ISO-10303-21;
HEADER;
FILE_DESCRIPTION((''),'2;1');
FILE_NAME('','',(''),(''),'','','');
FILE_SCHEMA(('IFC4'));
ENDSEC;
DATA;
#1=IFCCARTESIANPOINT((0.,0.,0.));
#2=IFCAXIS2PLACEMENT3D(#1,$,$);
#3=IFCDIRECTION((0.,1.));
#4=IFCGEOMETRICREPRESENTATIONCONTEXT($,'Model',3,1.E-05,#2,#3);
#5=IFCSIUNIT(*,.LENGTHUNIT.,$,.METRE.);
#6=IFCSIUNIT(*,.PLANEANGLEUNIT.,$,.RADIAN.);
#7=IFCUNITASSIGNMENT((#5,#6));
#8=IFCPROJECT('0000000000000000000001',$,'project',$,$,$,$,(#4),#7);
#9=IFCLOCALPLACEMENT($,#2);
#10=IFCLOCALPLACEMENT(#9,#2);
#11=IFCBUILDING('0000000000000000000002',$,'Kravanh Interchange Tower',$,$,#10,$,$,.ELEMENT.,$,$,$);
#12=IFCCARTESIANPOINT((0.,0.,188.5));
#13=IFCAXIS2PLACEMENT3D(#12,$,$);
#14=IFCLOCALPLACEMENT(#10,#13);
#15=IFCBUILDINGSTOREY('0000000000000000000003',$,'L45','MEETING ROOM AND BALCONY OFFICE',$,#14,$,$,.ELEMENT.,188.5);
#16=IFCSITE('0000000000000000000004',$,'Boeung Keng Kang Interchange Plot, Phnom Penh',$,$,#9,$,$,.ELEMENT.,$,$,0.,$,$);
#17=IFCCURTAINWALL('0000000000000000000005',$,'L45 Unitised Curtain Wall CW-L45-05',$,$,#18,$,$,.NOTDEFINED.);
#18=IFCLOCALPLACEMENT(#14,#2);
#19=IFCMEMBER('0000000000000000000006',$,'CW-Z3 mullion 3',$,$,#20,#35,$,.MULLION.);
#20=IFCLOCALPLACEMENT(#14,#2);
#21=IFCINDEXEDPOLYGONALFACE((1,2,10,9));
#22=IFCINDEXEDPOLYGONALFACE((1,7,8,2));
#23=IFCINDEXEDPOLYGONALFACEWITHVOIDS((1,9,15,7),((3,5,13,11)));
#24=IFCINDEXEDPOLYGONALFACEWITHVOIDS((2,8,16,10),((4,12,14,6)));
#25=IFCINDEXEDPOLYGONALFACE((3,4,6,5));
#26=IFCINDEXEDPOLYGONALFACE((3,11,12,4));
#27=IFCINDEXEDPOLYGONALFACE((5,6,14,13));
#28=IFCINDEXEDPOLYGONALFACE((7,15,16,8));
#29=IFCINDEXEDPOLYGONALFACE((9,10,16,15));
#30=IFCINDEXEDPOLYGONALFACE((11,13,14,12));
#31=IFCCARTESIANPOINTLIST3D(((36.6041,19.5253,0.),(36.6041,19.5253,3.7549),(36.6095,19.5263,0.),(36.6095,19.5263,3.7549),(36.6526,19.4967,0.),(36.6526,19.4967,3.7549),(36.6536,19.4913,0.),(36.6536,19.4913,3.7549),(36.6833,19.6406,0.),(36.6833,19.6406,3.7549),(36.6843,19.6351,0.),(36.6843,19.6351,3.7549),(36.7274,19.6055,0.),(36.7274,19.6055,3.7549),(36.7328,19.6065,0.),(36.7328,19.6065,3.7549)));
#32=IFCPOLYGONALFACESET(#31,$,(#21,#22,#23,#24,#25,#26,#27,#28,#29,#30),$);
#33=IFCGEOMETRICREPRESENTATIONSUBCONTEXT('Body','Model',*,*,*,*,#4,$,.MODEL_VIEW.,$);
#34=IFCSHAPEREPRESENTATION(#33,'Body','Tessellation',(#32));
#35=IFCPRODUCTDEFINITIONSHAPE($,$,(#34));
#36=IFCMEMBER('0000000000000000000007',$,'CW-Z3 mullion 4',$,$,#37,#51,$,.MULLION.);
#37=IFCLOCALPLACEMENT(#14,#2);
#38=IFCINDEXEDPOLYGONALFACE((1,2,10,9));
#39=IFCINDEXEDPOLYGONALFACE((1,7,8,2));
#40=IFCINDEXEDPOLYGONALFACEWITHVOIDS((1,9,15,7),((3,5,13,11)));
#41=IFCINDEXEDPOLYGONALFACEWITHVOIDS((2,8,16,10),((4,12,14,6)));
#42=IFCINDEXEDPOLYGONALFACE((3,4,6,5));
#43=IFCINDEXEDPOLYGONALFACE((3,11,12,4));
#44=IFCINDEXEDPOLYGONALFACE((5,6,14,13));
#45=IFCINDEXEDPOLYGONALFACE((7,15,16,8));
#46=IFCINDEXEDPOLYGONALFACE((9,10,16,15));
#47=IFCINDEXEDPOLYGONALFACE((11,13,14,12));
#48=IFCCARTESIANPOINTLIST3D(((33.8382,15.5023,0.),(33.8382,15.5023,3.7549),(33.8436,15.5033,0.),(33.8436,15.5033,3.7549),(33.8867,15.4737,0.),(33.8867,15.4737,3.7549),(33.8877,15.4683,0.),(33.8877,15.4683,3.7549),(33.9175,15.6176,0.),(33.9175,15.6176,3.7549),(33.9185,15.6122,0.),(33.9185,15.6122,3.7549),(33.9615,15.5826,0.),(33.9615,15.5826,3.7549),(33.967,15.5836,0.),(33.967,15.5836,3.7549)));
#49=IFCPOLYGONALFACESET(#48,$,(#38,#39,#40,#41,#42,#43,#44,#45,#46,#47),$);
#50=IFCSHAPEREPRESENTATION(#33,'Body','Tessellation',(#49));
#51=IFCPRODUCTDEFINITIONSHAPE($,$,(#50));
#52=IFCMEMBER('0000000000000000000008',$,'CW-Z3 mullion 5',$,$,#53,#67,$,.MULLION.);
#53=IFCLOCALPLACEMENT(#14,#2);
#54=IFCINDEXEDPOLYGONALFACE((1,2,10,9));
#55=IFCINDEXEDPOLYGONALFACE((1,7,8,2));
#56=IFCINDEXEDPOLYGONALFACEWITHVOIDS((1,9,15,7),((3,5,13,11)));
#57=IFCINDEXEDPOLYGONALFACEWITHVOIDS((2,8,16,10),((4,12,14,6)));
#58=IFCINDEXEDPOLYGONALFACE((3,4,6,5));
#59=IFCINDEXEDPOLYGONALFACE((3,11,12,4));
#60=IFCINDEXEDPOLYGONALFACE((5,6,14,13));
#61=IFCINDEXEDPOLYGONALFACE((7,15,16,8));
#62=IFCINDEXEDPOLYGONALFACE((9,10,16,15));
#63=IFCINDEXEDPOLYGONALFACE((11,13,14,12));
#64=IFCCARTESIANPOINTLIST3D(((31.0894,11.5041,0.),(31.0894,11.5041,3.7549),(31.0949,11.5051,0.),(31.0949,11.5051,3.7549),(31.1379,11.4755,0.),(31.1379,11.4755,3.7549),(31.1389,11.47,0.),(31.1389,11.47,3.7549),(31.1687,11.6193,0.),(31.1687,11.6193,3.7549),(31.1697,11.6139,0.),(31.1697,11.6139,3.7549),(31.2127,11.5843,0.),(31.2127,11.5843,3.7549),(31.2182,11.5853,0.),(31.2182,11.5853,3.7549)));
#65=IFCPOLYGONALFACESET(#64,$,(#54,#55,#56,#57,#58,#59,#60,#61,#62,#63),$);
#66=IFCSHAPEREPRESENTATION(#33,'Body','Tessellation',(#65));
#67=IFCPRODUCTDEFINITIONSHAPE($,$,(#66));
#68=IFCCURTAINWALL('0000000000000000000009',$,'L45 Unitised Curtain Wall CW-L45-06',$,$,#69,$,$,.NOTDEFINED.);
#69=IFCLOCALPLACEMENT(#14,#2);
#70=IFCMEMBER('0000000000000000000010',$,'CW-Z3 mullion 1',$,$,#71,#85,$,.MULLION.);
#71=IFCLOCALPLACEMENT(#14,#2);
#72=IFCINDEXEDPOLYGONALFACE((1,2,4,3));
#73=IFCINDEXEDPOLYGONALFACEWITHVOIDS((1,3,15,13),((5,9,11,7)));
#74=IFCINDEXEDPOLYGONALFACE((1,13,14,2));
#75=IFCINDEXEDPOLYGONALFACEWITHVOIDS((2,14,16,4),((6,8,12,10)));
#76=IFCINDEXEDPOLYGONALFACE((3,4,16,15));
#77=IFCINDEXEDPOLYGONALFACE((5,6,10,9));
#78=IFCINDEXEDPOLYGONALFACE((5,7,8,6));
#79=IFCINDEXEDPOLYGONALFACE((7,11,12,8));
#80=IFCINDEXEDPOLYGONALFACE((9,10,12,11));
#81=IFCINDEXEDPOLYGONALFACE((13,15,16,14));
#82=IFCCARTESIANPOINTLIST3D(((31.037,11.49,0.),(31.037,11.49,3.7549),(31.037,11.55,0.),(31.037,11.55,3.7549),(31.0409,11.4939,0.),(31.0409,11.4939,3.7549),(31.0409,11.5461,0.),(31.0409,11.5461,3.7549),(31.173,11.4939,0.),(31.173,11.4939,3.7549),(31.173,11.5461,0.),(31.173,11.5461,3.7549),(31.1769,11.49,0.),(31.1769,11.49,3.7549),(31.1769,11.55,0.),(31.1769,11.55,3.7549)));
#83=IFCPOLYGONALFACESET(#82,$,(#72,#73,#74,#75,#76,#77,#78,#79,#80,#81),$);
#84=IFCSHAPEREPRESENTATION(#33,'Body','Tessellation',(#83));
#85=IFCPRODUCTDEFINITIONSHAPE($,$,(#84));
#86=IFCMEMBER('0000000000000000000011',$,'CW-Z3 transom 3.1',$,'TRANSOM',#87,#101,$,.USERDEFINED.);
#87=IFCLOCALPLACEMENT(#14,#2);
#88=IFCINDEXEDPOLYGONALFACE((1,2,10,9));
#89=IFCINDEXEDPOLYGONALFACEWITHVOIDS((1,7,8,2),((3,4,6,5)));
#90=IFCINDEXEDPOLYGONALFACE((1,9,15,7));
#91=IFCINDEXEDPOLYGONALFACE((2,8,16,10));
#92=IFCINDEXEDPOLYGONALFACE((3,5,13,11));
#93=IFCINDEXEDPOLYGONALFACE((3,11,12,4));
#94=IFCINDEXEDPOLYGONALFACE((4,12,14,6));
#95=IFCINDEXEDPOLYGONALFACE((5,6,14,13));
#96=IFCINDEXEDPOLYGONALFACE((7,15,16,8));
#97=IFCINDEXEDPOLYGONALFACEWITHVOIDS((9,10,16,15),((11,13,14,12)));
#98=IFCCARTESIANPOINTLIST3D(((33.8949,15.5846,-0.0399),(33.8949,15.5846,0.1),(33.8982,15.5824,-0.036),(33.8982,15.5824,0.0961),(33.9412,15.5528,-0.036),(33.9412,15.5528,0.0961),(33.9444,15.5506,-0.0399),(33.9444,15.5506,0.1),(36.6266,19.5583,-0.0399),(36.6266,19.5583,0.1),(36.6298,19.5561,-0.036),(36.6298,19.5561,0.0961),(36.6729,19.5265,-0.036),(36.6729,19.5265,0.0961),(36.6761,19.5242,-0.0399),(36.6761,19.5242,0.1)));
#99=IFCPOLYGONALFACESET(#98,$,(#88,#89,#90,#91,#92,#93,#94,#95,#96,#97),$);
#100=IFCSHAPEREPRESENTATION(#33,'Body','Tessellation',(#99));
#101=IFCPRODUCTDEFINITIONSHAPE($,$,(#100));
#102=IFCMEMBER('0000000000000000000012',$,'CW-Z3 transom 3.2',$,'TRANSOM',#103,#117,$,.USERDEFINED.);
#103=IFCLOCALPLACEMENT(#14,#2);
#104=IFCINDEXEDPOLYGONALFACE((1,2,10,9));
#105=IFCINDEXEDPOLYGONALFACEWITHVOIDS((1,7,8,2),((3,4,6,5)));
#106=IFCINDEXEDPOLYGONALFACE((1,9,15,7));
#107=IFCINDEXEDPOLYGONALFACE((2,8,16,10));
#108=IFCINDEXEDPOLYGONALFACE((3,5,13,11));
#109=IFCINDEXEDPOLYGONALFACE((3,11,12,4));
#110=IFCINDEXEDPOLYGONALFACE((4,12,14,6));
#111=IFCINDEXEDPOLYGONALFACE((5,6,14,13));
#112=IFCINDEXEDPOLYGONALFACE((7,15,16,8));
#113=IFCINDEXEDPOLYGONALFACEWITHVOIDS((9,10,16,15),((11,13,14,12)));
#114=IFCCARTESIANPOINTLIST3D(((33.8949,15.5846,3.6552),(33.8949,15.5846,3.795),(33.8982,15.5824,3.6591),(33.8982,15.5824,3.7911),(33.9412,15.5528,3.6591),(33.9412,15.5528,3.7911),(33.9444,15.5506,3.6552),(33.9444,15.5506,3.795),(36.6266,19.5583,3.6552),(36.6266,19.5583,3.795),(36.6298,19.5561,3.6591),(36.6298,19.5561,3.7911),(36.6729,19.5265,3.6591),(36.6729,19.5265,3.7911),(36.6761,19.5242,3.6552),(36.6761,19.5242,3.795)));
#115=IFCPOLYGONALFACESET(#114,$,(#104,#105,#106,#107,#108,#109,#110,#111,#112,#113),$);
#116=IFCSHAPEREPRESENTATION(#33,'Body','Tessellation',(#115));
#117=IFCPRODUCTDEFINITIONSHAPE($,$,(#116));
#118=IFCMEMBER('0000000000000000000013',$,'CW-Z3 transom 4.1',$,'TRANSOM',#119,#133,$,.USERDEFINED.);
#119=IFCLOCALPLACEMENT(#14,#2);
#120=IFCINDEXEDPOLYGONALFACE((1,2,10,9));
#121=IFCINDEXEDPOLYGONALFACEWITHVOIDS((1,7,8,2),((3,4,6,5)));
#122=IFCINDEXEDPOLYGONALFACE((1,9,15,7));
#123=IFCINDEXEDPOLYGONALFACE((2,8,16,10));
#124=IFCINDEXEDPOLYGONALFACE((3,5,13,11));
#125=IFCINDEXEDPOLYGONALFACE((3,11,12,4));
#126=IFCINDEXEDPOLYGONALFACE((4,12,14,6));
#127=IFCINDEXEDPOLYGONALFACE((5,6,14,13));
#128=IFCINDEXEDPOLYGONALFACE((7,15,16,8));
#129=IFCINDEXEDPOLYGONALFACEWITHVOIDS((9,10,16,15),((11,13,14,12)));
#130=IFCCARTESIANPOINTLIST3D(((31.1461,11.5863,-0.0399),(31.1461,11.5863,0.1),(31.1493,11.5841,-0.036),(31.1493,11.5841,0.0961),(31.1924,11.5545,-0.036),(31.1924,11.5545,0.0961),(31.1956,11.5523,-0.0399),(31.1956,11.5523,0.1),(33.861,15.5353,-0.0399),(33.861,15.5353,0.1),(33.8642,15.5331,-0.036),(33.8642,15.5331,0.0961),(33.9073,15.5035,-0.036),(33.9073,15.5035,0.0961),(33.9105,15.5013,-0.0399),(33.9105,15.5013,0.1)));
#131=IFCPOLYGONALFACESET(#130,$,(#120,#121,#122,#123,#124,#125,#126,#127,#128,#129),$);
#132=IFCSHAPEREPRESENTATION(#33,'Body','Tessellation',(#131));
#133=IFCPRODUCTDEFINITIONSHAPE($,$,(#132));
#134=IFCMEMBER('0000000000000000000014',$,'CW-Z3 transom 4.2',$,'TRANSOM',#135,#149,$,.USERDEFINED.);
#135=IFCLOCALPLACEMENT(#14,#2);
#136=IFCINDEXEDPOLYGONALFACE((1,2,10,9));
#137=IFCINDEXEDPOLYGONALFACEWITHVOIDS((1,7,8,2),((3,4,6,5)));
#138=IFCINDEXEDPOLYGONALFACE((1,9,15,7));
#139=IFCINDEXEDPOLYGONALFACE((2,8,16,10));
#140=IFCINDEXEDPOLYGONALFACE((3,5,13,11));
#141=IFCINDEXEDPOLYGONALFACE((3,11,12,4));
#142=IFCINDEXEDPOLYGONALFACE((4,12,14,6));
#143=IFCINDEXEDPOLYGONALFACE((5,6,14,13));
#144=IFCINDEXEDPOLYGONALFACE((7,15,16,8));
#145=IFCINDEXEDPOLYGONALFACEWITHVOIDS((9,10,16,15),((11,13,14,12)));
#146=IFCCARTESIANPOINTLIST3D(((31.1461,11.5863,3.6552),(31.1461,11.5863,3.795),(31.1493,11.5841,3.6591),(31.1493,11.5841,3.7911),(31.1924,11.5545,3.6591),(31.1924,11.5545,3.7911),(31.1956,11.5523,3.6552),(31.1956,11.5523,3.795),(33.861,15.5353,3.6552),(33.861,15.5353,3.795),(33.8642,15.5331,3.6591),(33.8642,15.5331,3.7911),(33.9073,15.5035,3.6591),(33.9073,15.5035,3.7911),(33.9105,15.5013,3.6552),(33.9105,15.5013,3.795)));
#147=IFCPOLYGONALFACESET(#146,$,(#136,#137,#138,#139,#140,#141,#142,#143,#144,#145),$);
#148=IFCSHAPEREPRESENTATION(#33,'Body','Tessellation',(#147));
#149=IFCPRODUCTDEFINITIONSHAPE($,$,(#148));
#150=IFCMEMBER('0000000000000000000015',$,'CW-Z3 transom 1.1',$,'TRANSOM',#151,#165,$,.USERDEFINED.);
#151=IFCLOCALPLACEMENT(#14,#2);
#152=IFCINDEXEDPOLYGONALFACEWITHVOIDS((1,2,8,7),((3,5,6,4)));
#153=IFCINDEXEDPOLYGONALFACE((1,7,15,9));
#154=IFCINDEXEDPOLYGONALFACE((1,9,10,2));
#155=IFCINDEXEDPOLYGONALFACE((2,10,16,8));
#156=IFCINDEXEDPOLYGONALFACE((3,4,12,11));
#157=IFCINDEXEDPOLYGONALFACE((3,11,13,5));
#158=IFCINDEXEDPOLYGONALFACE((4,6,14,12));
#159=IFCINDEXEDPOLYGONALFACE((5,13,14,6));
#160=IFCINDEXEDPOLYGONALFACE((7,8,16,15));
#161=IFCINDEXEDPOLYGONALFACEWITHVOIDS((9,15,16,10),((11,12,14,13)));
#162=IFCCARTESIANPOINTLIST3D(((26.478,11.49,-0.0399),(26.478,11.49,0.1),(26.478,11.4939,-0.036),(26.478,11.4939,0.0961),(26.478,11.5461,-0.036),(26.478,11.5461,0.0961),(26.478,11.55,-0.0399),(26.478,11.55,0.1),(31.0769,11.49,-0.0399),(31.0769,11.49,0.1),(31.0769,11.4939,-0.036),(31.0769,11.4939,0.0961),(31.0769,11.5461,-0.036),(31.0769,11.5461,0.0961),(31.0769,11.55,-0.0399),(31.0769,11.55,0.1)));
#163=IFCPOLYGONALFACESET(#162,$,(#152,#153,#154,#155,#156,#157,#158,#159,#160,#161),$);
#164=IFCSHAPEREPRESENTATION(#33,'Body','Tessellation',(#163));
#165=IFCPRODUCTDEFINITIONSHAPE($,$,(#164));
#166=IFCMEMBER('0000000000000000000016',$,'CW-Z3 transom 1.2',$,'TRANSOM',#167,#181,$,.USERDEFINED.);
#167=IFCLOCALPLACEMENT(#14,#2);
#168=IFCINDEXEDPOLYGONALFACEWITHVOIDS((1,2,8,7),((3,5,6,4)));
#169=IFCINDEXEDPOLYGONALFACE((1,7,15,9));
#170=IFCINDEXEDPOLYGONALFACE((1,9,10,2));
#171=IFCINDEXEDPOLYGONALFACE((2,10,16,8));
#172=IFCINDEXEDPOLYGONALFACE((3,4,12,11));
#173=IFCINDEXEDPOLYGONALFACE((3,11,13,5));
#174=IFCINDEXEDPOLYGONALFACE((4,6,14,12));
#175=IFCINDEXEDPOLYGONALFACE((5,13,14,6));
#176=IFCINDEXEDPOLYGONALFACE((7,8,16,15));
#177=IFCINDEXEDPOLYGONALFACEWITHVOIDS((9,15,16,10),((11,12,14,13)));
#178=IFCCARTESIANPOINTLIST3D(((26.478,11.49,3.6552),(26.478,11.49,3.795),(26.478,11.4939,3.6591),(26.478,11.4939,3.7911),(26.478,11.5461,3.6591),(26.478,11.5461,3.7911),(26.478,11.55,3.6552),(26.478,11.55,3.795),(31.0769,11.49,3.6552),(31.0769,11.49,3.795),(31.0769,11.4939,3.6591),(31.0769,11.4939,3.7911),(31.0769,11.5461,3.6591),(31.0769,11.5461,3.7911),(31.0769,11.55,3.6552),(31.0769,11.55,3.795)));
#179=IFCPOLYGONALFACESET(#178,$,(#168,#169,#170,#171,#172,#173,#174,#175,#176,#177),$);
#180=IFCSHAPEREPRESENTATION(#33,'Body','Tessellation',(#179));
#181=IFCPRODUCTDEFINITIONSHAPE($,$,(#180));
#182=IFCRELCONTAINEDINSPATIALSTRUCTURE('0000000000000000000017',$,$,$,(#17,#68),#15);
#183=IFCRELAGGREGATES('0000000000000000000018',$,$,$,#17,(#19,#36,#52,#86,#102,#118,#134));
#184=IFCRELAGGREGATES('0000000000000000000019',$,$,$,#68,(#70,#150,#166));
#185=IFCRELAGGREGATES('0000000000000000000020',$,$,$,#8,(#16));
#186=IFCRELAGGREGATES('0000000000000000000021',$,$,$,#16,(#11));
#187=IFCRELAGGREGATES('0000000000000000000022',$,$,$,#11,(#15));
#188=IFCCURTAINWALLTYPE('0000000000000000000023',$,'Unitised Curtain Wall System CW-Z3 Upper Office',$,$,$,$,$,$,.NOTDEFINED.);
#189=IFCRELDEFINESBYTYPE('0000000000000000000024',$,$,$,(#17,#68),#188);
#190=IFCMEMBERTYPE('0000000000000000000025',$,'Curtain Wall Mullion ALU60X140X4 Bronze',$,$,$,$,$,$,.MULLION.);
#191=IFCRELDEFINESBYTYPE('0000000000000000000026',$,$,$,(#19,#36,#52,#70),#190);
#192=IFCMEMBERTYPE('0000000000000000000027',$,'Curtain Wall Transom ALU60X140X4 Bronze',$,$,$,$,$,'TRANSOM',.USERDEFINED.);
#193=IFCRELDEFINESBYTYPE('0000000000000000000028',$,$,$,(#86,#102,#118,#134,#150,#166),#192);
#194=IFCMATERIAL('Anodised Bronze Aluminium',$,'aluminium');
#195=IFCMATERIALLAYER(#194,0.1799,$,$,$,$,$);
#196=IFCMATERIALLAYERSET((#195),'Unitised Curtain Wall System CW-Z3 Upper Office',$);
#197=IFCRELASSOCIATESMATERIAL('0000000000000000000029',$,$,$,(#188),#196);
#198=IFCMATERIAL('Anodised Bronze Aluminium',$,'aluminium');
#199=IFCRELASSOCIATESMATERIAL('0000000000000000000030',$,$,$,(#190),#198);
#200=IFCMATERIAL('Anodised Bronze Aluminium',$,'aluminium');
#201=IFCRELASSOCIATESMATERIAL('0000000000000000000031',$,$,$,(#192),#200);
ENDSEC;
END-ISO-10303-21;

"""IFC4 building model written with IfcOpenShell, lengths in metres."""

from ifc_helpers import new_model, si_unit, direction, frame, origin, origin_2d, place, context, subcontext, project, spatial, hollow_rectangle, extrude, material, layer, layer_set, material_profile, profile_set, type_object, element, aggregate, save


model = new_model("IFC4")

# Units and contexts
model_context = context("Model", 3, precision=1e-05, world=origin(), true_north=direction((0.0, 1.0)))
body_context = subcontext(model_context, "Body", "Model", "MODEL_VIEW")
ifc_project = project(units=[si_unit("LENGTHUNIT", "METRE"), si_unit("PLANEANGLEUNIT", "RADIAN")], contexts=[model_context])

# Site, building, storey
site_placement = place(None, origin())
site = spatial("IfcSite", under=ifc_project, at=site_placement, Name="Boeung Keng Kang Interchange Plot, Phnom Penh", CompositionType="ELEMENT", RefElevation=0.0)
building_placement = place(site_placement, origin())
building = spatial("IfcBuilding", under=site, at=building_placement, Name="Kravanh Interchange Tower", CompositionType="ELEMENT")
storey_placement = place(building_placement, frame((0.0, 0.0, 188.5)))
storey = spatial("IfcBuildingStorey", under=building, at=storey_placement, Name="L45", Description="MEETING ROOM AND BALCONY OFFICE", CompositionType="ELEMENT", Elevation=188.5)

# Curtain wall, members
ifc_material_1 = material(Name="Anodised Bronze Aluminium", Category="aluminium")
ifc_layer_1 = layer(ifc_material_1, 0.1799)
ifc_layer_set_1 = layer_set([ifc_layer_1], Name="Unitised Curtain Wall System CW-Z3 Upper Office")
curtain_wall_type = type_object("IfcCurtainWallType", Name="Unitised Curtain Wall System CW-Z3 Upper Office", PredefinedType="NOTDEFINED", material=ifc_layer_set_1)
curtain_wall_1_placement = place(storey_placement, origin())
curtain_wall_1 = element("IfcCurtainWall", 1, at=curtain_wall_1_placement, inside=storey, type_object=curtain_wall_type, Name="L45 Unitised Curtain Wall CW-L45-05", PredefinedType="NOTDEFINED")
ifc_material_2 = material(Name="Anodised Bronze Aluminium", Category="aluminium")
ifc_material_profile_1 = material_profile(ifc_material_2, hollow_rectangle(XDim=0.0601, YDim=0.1399, WallThickness=0.0039, at=origin_2d()), Name="ALU60X140X4")
ifc_profile_set_1 = profile_set([ifc_material_profile_1], Name="Anodised Bronze Aluminium")
member_type_1 = type_object("IfcMemberType", Name="Curtain Wall Mullion ALU60X140X4 Bronze", PredefinedType="MULLION", material=ifc_profile_set_1)
member_1_placement = place(storey_placement, frame((36.6685, 19.5659, 0.0), z_axis=(0.0, 0.0, 1.0), x_axis=(0.824042, -0.566528, 0.0)))
member_1 = element("IfcMember", 2, at=member_1_placement, type_object=member_type_1, Name="CW-Z3 mullion 3", PredefinedType="MULLION", context=body_context, shape_type="SweptSolid", body=[
    extrude(hollow_rectangle(XDim=0.0601, YDim=0.1399, WallThickness=0.0039, at=origin_2d()), origin(), (0.0, 0.0, 1.0), 3.7549),
])
member_2_placement = place(storey_placement, frame((33.9026, 15.543, 0.0), z_axis=(0.0, 0.0, 1.0), x_axis=(0.824042, -0.566528, 0.0)))
member_2 = element("IfcMember", 3, at=member_2_placement, type_object=member_type_1, Name="CW-Z3 mullion 4", PredefinedType="MULLION", context=body_context, shape_type="SweptSolid", body=[
    extrude(hollow_rectangle(XDim=0.0601, YDim=0.1399, WallThickness=0.0039, at=origin_2d()), origin(), (0.0, 0.0, 1.0), 3.7549),
])
member_3_placement = place(storey_placement, frame((31.1538, 11.5447, 0.0), z_axis=(0.0, 0.0, 1.0), x_axis=(0.824042, -0.566528, 0.0)))
member_3 = element("IfcMember", 4, at=member_3_placement, type_object=member_type_1, Name="CW-Z3 mullion 5", PredefinedType="MULLION", context=body_context, shape_type="SweptSolid", body=[
    extrude(hollow_rectangle(XDim=0.0601, YDim=0.1399, WallThickness=0.0039, at=origin_2d()), origin(), (0.0, 0.0, 1.0), 3.7549),
])

# Curtain wall, member
curtain_wall_2_placement = place(storey_placement, origin())
curtain_wall_2 = element("IfcCurtainWall", 5, at=curtain_wall_2_placement, inside=storey, type_object=curtain_wall_type, Name="L45 Unitised Curtain Wall CW-L45-06", PredefinedType="NOTDEFINED")
member_4_placement = place(storey_placement, frame((31.1069, 11.52, 0.0), z_axis=(0.0, 0.0, 1.0), x_axis=(0.0, -1.0, 0.0)))
member_4 = element("IfcMember", 6, at=member_4_placement, type_object=member_type_1, Name="CW-Z3 mullion 1", PredefinedType="MULLION", context=body_context, shape_type="SweptSolid", body=[
    extrude(hollow_rectangle(XDim=0.0601, YDim=0.1399, WallThickness=0.0039, at=origin_2d()), origin(), (0.0, 0.0, 1.0), 3.7549),
])

# Members
ifc_material_3 = material(Name="Anodised Bronze Aluminium", Category="aluminium")
ifc_material_profile_2 = material_profile(ifc_material_3, hollow_rectangle(XDim=0.0601, YDim=0.1399, WallThickness=0.0039, at=origin_2d()), Name="ALU60X140X4")
ifc_profile_set_2 = profile_set([ifc_material_profile_2], Name="Anodised Bronze Aluminium")
member_type_2 = type_object("IfcMemberType", Name="Curtain Wall Transom ALU60X140X4 Bronze", ElementType="TRANSOM", PredefinedType="USERDEFINED", material=ifc_profile_set_2)
member_5_placement = place(storey_placement, frame((36.6514, 19.5413, 0.03), z_axis=(-0.566503, -0.82406, 0.0), x_axis=(0.82406, -0.566503, 0.0)))
member_5 = element("IfcMember", 7, at=member_5_placement, type_object=member_type_2, Name="CW-Z3 transom 3.1", ObjectType="TRANSOM", PredefinedType="USERDEFINED", context=body_context, shape_type="SweptSolid", body=[
    extrude(hollow_rectangle(XDim=0.0601, YDim=0.1399, WallThickness=0.0039, at=origin_2d()), origin(), (0.0, 0.0, 1.0), 4.822),
])
member_6_placement = place(storey_placement, frame((36.6514, 19.5413, 3.7251), z_axis=(-0.566503, -0.82406, 0.0), x_axis=(0.82406, -0.566503, 0.0)))
member_6 = element("IfcMember", 8, at=member_6_placement, type_object=member_type_2, Name="CW-Z3 transom 3.2", ObjectType="TRANSOM", PredefinedType="USERDEFINED", context=body_context, shape_type="SweptSolid", body=[
    extrude(hollow_rectangle(XDim=0.0601, YDim=0.1399, WallThickness=0.0039, at=origin_2d()), origin(), (0.0, 0.0, 1.0), 4.822),
])
member_7_placement = place(storey_placement, frame((33.8857, 15.5183, 0.03), z_axis=(-0.566518, -0.824049, 0.0), x_axis=(0.824049, -0.566518, 0.0)))
member_7 = element("IfcMember", 9, at=member_7_placement, type_object=member_type_2, Name="CW-Z3 transom 4.1", ObjectType="TRANSOM", PredefinedType="USERDEFINED", context=body_context, shape_type="SweptSolid", body=[
    extrude(hollow_rectangle(XDim=0.0601, YDim=0.1399, WallThickness=0.0039, at=origin_2d()), origin(), (0.0, 0.0, 1.0), 4.7922),
])
member_8_placement = place(storey_placement, frame((33.8857, 15.5183, 3.7251), z_axis=(-0.566518, -0.824049, 0.0), x_axis=(0.824049, -0.566518, 0.0)))
member_8 = element("IfcMember", 10, at=member_8_placement, type_object=member_type_2, Name="CW-Z3 transom 4.2", ObjectType="TRANSOM", PredefinedType="USERDEFINED", context=body_context, shape_type="SweptSolid", body=[
    extrude(hollow_rectangle(XDim=0.0601, YDim=0.1399, WallThickness=0.0039, at=origin_2d()), origin(), (0.0, 0.0, 1.0), 4.7922),
])
member_9_placement = place(storey_placement, frame((31.0769, 11.52, 0.03), z_axis=(-1.0, 0.0, 0.0), x_axis=(0.0, -1.0, 0.0)))
member_9 = element("IfcMember", 11, at=member_9_placement, type_object=member_type_2, Name="CW-Z3 transom 1.1", ObjectType="TRANSOM", PredefinedType="USERDEFINED", context=body_context, shape_type="SweptSolid", body=[
    extrude(hollow_rectangle(XDim=0.0601, YDim=0.1399, WallThickness=0.0039, at=origin_2d()), origin(), (0.0, 0.0, 1.0), 4.5989),
])
member_10_placement = place(storey_placement, frame((31.0769, 11.52, 3.7251), z_axis=(-1.0, 0.0, 0.0), x_axis=(0.0, -1.0, 0.0)))
member_10 = element("IfcMember", 12, at=member_10_placement, type_object=member_type_2, Name="CW-Z3 transom 1.2", ObjectType="TRANSOM", PredefinedType="USERDEFINED", context=body_context, shape_type="SweptSolid", body=[
    extrude(hollow_rectangle(XDim=0.0601, YDim=0.1399, WallThickness=0.0039, at=origin_2d()), origin(), (0.0, 0.0, 1.0), 4.5989),
])

aggregate(curtain_wall_1, [member_1, member_2, member_3, member_5, member_6, member_7, member_8])
aggregate(curtain_wall_2, [member_4, member_9, member_10])

save(model, "model.ifc")
